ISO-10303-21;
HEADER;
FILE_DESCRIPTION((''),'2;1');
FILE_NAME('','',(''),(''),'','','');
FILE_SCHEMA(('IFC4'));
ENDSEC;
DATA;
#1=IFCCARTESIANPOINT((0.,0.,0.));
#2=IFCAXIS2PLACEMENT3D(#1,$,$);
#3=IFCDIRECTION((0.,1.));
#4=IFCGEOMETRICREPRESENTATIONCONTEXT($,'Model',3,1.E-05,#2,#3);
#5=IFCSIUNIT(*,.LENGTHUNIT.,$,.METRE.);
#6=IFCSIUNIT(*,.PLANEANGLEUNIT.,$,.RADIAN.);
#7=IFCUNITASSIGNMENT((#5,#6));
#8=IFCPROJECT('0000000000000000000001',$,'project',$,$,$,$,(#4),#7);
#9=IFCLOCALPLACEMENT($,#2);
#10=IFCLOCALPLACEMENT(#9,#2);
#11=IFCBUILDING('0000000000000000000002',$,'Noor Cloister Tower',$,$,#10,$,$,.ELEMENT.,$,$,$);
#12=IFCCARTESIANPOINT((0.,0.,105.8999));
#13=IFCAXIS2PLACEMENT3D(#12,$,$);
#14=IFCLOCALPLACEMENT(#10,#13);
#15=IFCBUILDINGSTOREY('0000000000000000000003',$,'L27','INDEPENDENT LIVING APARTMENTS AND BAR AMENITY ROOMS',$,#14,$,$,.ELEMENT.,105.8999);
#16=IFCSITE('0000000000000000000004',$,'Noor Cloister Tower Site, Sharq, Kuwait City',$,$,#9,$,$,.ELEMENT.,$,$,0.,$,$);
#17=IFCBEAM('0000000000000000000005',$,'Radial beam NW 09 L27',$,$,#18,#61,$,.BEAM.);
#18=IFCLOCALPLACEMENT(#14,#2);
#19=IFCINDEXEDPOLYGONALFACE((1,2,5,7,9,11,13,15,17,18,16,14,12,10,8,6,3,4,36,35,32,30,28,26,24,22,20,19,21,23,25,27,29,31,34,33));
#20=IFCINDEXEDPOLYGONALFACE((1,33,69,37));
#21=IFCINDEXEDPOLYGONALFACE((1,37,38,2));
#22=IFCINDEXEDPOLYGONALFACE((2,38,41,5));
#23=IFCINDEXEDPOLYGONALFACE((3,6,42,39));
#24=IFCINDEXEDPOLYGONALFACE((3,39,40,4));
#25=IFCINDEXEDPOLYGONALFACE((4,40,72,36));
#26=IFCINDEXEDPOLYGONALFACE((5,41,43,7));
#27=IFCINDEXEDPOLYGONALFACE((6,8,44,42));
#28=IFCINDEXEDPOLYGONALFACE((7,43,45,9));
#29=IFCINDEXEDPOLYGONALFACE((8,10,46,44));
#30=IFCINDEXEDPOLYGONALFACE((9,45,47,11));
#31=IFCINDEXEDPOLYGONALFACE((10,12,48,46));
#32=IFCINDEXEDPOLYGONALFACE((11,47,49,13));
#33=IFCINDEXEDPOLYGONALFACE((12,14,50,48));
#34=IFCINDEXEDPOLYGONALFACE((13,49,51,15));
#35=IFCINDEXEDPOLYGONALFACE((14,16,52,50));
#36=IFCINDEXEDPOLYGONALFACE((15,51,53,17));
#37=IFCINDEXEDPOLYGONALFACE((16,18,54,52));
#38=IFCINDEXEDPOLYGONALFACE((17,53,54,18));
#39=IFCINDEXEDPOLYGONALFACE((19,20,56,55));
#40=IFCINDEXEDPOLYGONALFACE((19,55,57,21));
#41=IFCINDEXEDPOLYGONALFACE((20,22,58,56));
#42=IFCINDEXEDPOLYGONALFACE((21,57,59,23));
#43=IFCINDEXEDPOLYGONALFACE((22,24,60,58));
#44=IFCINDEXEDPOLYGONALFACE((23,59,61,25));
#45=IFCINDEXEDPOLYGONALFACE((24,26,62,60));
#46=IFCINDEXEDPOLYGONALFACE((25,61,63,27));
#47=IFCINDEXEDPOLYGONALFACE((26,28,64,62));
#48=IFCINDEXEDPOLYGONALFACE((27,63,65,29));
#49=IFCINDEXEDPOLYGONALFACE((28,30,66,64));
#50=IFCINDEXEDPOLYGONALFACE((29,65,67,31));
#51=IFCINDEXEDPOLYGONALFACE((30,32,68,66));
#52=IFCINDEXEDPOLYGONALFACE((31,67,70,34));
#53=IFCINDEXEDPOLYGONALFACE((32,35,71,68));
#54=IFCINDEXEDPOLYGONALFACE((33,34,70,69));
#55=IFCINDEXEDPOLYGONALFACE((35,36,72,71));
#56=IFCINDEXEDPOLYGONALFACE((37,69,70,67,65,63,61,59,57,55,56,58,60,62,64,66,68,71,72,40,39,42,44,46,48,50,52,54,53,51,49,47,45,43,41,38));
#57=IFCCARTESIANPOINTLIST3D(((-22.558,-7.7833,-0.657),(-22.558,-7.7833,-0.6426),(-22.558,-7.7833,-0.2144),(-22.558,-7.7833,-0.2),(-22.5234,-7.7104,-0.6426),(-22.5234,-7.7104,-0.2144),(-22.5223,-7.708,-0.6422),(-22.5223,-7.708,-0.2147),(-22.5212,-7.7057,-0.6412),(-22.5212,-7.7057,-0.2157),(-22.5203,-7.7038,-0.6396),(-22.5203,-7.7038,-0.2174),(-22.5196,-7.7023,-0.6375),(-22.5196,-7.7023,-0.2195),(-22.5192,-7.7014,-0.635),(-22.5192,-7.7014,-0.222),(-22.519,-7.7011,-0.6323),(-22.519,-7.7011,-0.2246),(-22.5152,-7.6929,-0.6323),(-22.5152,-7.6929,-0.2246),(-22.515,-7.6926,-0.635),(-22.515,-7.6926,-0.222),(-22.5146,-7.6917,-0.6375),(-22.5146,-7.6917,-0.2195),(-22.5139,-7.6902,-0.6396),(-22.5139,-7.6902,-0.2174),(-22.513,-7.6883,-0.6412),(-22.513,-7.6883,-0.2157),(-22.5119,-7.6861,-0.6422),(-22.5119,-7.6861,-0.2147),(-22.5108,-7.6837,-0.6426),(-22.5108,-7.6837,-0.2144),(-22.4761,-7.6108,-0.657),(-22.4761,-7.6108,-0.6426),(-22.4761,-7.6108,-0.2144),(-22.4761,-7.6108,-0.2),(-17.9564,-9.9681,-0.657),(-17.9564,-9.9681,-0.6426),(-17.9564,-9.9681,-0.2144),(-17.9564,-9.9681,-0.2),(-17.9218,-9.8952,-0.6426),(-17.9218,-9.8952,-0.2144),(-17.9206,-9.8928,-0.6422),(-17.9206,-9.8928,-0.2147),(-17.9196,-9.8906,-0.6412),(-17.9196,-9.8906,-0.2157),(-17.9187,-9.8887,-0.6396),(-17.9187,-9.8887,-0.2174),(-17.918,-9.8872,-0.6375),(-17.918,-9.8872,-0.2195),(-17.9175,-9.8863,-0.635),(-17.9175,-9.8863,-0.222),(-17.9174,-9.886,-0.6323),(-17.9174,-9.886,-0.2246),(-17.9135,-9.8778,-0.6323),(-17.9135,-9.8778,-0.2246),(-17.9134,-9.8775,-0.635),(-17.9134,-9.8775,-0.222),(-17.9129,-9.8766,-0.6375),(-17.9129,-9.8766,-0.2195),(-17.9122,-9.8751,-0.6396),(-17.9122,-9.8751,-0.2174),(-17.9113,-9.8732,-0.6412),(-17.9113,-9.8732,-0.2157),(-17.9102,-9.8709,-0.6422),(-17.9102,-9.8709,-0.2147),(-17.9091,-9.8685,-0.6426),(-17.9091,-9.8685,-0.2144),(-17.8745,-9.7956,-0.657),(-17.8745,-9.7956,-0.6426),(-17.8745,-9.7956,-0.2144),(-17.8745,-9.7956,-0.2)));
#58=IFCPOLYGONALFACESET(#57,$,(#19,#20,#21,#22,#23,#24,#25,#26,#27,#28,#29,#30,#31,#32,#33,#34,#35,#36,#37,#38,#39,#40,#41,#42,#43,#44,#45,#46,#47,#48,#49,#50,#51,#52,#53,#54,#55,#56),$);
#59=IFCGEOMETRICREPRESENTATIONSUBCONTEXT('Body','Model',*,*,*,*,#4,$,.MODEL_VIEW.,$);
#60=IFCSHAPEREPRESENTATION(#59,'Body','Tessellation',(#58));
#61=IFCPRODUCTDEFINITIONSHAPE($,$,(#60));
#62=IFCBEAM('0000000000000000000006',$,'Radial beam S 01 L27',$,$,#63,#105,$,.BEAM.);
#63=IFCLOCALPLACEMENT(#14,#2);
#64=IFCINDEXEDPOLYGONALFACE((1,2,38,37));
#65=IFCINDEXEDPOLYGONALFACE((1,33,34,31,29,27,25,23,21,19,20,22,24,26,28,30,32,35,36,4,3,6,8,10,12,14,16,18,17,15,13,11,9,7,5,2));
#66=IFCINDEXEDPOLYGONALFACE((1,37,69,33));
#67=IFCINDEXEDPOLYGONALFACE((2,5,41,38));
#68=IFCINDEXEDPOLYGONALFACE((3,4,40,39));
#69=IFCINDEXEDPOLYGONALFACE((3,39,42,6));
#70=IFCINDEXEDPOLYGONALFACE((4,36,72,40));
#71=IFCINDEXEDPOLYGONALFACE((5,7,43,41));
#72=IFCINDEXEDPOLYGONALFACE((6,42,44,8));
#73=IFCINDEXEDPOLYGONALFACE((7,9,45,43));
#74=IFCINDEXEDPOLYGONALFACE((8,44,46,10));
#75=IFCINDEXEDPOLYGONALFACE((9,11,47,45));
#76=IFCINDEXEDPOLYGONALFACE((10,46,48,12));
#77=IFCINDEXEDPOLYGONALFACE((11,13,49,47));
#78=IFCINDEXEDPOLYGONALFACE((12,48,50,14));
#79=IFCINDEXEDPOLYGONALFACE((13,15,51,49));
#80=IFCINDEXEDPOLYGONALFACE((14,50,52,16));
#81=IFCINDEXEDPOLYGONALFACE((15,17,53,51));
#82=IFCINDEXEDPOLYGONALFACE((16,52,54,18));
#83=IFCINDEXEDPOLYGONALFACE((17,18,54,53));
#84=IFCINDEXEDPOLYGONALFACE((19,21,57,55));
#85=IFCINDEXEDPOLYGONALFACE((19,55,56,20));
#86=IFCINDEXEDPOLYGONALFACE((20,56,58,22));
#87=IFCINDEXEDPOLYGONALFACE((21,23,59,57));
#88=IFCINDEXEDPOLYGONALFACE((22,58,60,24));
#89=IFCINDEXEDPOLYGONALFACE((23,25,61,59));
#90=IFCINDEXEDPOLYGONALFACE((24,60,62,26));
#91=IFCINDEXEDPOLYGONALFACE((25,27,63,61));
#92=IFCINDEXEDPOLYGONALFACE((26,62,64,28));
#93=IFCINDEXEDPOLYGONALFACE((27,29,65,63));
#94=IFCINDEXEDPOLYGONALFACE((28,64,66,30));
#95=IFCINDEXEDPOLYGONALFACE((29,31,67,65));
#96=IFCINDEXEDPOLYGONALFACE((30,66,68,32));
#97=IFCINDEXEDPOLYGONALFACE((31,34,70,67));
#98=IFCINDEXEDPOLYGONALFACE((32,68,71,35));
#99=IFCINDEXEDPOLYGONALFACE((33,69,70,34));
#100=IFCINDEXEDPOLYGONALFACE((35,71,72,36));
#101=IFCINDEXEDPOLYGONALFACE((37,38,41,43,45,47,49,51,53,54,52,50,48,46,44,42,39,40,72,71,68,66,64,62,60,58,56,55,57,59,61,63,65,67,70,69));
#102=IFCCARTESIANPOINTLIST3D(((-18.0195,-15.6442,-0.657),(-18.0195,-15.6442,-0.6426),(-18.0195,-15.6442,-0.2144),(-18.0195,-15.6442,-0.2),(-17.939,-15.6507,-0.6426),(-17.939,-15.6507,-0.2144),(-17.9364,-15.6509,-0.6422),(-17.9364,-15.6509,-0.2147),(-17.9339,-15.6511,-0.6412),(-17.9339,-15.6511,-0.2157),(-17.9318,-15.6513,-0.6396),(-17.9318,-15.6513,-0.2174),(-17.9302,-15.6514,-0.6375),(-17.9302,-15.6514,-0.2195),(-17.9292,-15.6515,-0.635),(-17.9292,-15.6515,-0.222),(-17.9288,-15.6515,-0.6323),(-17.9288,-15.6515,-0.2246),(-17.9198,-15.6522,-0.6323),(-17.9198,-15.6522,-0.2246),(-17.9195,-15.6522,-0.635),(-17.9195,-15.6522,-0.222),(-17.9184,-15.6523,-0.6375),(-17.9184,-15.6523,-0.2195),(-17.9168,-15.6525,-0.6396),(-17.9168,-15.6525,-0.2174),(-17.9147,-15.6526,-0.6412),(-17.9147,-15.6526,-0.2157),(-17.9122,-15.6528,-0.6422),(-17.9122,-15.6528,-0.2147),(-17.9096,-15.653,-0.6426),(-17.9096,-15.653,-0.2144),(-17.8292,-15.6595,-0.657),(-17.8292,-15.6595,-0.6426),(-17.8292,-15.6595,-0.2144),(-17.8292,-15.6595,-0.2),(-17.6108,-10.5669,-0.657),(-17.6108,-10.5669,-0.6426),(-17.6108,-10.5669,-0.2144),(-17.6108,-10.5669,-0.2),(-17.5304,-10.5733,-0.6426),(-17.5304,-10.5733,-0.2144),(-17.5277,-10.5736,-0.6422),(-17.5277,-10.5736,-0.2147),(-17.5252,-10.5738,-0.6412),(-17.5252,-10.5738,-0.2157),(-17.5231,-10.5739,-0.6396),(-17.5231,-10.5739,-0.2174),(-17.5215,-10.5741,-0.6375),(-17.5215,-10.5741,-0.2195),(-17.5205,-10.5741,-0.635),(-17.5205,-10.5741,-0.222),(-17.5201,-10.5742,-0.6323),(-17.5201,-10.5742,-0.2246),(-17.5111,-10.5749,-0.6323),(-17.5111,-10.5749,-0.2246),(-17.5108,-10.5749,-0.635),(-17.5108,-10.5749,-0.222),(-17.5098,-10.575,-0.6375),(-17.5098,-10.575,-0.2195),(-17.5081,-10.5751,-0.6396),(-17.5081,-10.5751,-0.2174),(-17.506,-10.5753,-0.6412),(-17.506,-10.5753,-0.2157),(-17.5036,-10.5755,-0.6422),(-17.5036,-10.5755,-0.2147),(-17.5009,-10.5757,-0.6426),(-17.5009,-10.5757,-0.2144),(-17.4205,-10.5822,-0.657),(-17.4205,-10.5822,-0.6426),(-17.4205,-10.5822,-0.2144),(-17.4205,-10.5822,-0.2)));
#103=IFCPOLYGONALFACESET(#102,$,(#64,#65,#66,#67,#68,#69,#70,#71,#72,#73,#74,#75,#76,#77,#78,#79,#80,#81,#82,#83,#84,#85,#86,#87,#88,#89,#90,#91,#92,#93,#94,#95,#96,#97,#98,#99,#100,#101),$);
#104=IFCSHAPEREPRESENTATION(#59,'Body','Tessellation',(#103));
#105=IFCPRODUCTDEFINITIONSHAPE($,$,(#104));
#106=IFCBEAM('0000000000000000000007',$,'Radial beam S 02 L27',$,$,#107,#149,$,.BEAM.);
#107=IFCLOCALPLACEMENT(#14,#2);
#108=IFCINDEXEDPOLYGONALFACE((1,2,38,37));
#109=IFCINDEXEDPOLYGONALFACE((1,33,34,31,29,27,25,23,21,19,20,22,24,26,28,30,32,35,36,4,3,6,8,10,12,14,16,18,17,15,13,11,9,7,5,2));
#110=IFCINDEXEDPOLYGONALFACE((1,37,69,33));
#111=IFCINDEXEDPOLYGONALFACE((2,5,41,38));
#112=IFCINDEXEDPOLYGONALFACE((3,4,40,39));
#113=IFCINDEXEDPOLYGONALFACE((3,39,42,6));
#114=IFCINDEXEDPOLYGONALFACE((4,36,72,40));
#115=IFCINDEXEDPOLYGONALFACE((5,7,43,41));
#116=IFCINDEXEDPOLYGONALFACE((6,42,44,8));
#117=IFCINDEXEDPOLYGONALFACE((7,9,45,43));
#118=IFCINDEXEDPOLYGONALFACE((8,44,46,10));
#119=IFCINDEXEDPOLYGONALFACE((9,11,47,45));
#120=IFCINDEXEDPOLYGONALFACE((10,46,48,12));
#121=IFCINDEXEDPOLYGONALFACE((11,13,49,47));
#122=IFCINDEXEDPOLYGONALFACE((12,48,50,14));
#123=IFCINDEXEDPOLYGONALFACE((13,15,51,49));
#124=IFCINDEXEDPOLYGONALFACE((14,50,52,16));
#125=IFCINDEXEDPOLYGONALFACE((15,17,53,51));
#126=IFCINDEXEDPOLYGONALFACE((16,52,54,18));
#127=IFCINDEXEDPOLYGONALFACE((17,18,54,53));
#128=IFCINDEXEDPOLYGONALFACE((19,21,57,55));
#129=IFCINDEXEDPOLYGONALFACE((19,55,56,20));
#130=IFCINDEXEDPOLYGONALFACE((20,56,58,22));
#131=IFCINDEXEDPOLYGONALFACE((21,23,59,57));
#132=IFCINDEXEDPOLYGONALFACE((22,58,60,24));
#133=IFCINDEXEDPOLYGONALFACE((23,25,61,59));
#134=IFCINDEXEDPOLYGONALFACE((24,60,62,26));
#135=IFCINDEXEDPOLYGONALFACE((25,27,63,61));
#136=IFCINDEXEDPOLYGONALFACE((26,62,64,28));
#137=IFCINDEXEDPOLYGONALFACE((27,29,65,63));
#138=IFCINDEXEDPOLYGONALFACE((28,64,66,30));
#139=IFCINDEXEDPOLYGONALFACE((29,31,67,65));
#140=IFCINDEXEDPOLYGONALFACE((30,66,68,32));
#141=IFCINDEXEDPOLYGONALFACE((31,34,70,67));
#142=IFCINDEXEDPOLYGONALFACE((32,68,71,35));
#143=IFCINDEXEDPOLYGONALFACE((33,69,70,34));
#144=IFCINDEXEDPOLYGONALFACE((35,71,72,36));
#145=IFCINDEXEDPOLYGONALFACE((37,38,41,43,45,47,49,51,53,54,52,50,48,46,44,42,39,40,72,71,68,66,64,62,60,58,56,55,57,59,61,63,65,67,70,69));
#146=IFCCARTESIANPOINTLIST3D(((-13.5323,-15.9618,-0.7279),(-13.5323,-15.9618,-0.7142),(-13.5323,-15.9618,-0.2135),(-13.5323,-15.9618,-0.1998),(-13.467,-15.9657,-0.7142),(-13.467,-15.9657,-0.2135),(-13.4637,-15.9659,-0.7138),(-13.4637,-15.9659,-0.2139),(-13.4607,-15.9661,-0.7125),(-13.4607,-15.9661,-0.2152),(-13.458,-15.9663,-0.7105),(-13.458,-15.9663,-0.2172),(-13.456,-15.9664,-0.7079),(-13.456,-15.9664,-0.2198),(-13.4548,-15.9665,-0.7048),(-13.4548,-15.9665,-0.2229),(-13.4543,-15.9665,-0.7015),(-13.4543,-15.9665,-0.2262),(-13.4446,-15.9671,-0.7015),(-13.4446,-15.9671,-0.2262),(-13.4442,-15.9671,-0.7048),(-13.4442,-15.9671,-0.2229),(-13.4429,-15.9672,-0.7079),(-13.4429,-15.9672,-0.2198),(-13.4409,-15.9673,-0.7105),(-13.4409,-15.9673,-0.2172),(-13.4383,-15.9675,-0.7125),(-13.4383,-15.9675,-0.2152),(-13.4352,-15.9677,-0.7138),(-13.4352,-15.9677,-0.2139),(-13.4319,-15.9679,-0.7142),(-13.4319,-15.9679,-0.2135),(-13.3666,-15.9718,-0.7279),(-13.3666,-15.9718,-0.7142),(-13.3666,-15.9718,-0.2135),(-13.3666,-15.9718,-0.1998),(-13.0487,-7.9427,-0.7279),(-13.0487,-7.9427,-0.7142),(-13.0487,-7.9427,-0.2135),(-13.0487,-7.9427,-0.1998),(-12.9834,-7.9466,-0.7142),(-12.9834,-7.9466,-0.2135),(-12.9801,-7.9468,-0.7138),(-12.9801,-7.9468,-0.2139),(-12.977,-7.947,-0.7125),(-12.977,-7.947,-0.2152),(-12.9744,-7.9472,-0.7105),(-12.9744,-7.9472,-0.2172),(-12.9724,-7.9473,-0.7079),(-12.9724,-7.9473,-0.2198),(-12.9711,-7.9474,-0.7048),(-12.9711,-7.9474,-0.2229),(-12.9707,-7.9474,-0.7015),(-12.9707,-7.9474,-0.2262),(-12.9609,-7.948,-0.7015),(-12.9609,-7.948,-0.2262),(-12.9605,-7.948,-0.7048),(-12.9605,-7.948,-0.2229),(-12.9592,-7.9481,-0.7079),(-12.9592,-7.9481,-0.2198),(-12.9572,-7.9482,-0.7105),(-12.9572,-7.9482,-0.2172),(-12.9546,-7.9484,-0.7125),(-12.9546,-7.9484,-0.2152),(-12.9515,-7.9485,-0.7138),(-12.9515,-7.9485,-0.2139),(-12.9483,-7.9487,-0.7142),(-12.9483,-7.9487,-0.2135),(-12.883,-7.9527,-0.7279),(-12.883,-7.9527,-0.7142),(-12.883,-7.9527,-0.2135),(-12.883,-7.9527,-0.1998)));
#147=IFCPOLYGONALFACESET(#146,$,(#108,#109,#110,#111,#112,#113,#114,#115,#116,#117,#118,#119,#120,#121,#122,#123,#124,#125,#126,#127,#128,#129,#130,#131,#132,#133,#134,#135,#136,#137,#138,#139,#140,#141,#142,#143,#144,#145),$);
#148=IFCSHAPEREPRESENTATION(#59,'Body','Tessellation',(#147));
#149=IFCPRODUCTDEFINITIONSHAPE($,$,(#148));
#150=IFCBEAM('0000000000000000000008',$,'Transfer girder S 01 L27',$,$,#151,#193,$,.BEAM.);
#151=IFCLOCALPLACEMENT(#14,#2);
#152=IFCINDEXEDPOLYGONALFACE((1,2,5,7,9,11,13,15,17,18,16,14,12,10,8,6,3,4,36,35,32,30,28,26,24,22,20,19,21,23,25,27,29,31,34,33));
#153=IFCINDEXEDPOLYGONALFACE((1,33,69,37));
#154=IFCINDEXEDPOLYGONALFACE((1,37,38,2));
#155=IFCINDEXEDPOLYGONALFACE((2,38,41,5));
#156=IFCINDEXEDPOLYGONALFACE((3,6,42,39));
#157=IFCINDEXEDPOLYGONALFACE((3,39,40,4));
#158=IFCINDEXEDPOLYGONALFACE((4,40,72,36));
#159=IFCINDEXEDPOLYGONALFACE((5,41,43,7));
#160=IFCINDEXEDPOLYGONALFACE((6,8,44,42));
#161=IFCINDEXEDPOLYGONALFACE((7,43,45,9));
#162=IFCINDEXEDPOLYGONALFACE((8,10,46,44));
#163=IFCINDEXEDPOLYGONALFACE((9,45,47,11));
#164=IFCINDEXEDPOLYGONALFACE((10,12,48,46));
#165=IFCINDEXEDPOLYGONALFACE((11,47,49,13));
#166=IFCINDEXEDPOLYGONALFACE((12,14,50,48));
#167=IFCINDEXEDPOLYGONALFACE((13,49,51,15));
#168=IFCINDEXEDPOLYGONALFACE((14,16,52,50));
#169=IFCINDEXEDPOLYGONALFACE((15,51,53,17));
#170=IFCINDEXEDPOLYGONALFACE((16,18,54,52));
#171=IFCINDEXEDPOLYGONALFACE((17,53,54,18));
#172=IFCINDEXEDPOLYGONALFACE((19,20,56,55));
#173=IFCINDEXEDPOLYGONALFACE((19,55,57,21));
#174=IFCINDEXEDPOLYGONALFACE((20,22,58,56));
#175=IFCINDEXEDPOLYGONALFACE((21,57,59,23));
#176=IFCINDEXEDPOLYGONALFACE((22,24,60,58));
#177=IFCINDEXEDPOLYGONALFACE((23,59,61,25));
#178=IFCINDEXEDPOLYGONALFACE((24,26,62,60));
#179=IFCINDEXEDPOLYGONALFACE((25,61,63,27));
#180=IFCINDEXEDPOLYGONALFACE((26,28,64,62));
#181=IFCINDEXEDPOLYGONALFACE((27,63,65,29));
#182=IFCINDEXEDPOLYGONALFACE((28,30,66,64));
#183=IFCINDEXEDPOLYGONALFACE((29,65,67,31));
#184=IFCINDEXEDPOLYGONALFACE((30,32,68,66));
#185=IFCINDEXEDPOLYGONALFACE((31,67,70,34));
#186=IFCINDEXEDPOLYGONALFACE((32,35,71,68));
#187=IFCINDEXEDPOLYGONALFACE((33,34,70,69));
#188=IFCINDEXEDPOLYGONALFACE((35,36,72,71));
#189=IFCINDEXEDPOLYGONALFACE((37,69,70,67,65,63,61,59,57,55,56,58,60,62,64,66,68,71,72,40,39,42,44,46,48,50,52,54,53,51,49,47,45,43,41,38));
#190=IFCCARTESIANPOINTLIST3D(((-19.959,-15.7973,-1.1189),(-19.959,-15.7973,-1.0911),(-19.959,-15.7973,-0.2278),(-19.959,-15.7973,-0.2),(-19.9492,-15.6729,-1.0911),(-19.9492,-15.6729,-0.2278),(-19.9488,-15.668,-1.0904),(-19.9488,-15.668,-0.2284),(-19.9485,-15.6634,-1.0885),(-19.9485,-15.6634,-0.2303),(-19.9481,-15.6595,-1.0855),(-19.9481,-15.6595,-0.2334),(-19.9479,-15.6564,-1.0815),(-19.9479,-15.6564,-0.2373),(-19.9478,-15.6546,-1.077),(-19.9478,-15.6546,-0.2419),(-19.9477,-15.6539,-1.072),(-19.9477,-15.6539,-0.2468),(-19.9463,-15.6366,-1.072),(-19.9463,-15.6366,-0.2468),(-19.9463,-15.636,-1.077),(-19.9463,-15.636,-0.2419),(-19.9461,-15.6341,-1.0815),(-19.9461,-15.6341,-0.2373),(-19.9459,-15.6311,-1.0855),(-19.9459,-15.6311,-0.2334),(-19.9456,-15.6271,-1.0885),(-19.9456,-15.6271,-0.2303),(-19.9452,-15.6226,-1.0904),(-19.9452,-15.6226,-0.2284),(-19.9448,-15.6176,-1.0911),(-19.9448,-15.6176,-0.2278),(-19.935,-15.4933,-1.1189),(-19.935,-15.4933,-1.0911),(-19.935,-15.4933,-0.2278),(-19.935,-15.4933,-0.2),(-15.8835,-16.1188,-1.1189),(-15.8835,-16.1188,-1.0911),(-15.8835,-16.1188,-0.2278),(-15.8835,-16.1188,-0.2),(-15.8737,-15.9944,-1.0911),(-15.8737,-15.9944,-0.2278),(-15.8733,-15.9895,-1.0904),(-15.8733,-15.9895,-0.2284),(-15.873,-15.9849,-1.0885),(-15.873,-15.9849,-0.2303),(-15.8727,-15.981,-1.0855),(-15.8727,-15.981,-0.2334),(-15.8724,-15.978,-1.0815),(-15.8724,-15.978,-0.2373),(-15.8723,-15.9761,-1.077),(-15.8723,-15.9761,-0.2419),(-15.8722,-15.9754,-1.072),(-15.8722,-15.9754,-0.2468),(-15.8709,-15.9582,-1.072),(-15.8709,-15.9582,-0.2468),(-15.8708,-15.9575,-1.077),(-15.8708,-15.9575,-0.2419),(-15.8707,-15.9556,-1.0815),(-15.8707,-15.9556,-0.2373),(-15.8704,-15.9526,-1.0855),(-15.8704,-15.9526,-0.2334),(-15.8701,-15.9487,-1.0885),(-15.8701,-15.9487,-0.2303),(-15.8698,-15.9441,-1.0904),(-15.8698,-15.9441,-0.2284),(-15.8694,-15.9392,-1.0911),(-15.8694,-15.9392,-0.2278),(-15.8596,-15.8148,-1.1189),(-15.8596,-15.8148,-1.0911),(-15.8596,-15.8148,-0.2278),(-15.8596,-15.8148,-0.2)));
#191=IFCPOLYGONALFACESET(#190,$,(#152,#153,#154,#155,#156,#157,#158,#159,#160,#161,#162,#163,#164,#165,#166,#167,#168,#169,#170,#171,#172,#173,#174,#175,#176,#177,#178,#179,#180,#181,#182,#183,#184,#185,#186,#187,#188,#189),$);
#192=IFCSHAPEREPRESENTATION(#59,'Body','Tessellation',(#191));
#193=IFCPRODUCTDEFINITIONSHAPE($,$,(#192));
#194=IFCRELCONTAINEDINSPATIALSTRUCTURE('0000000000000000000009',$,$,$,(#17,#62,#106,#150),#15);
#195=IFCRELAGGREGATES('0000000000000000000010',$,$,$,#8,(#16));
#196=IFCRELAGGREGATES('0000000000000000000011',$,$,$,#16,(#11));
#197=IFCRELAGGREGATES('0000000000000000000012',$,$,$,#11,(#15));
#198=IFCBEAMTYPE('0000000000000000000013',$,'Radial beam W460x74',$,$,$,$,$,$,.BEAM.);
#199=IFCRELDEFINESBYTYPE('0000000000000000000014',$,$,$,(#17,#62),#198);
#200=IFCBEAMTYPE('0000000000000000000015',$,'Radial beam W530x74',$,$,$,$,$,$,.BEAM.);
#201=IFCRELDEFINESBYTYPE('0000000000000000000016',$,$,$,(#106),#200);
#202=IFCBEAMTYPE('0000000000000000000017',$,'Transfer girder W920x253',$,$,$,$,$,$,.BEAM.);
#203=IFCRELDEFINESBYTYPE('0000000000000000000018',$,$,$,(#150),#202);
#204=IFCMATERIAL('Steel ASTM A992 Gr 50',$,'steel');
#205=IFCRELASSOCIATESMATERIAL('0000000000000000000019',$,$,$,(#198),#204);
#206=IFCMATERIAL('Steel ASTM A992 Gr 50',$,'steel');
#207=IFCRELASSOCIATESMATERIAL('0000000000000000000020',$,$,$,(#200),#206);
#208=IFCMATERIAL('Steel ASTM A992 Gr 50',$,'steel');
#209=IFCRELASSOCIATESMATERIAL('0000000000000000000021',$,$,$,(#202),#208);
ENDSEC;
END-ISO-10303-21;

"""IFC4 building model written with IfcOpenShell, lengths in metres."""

from ifc_helpers import new_model, si_unit, direction, frame, origin, origin_2d, place, context, subcontext, project, spatial, i_section, extrude, material, material_profile, profile_set, type_object, element, save


model = new_model("IFC4")

# Units and contexts
model_context = context("Model", 3, precision=1e-05, world=origin(), true_north=direction((0.0, 1.0)))
body_context = subcontext(model_context, "Body", "Model", "MODEL_VIEW")
ifc_project = project(units=[si_unit("LENGTHUNIT", "METRE"), si_unit("PLANEANGLEUNIT", "RADIAN")], contexts=[model_context])

# Site, building, storey
site_placement = place(None, origin())
site = spatial("IfcSite", under=ifc_project, at=site_placement, Name="Noor Cloister Tower Site, Sharq, Kuwait City", CompositionType="ELEMENT", RefElevation=0.0)
building_placement = place(site_placement, origin())
building = spatial("IfcBuilding", under=site, at=building_placement, Name="Noor Cloister Tower", CompositionType="ELEMENT")
storey_placement = place(building_placement, frame((0.0, 0.0, 105.8999)))
storey = spatial("IfcBuildingStorey", under=building, at=storey_placement, Name="L27", Description="INDEPENDENT LIVING APARTMENTS AND BAR AMENITY ROOMS", CompositionType="ELEMENT", Elevation=105.8999)

# Beams
ifc_material_1 = material(Name="Steel ASTM A992 Gr 50", Category="steel")
ifc_material_profile_1 = material_profile(ifc_material_1, i_section(OverallWidth=0.1909, OverallDepth=0.457, WebThickness=0.009, FlangeThickness=0.0144, FilletRadius=0.0103, at=origin_2d()), Name="W460x74")
ifc_profile_set_1 = profile_set([ifc_material_profile_1], Name="Steel ASTM A992 Gr 50")
beam_type_1 = type_object("IfcBeamType", Name="Radial beam W460x74", PredefinedType="BEAM", material=ifc_profile_set_1)
beam_1_placement = place(storey_placement, frame((-22.5171, -7.697, -0.4285), z_axis=(0.903348, -0.428908, 0.0), x_axis=(0.428908, 0.903348, 0.0)))
element("IfcBeam", 1, at=beam_1_placement, inside=storey, type_object=beam_type_1, Name="Radial beam NW 09 L27", PredefinedType="BEAM", context=body_context, shape_type="SweptSolid", body=[
    extrude(i_section(OverallWidth=0.1909, OverallDepth=0.457, WebThickness=0.009, FlangeThickness=0.0144, FilletRadius=0.0103, at=origin_2d()), origin(), (0.0, 0.0, 1.0), 5.094),
])
beam_2_placement = place(storey_placement, frame((-17.9243, -15.6519, -0.4285), z_axis=(0.080233, 0.996776, 0.0), x_axis=(-0.996776, 0.080233, 0.0)))
element("IfcBeam", 2, at=beam_2_placement, inside=storey, type_object=beam_type_1, Name="Radial beam S 01 L27", PredefinedType="BEAM", context=body_context, shape_type="SweptSolid", body=[
    extrude(i_section(OverallWidth=0.1909, OverallDepth=0.457, WebThickness=0.009, FlangeThickness=0.0144, FilletRadius=0.0103, at=origin_2d()), origin(), (0.0, 0.0, 1.0), 5.0938),
])
ifc_material_2 = material(Name="Steel ASTM A992 Gr 50", Category="steel")
ifc_material_profile_2 = material_profile(ifc_material_2, i_section(OverallWidth=0.166, OverallDepth=0.5281, WebThickness=0.0098, FlangeThickness=0.0137, FilletRadius=0.0127, at=origin_2d()), Name="W530x74")
ifc_profile_set_2 = profile_set([ifc_material_profile_2], Name="Steel ASTM A992 Gr 50")
beam_type_2 = type_object("IfcBeamType", Name="Radial beam W530x74", PredefinedType="BEAM", material=ifc_profile_set_2)
beam_3_placement = place(storey_placement, frame((-13.4495, -15.9668, -0.4639), z_axis=(0.060202, 0.998186, 0.0), x_axis=(-0.998186, 0.060202, 0.0)))
element("IfcBeam", 3, at=beam_3_placement, inside=storey, type_object=beam_type_2, Name="Radial beam S 02 L27", PredefinedType="BEAM", context=body_context, shape_type="SweptSolid", body=[
    extrude(i_section(OverallWidth=0.166, OverallDepth=0.5281, WebThickness=0.0098, FlangeThickness=0.0137, FilletRadius=0.0127, at=origin_2d()), origin(), (0.0, 0.0, 1.0), 8.0337),
])
ifc_material_3 = material(Name="Steel ASTM A992 Gr 50", Category="steel")
ifc_material_profile_3 = material_profile(ifc_material_3, i_section(OverallWidth=0.3049, OverallDepth=0.9189, WebThickness=0.0173, FlangeThickness=0.0278, FilletRadius=0.019, at=origin_2d()), Name="W920x253")
ifc_profile_set_3 = profile_set([ifc_material_profile_3], Name="Steel ASTM A992 Gr 50")
beam_type_3 = type_object("IfcBeamType", Name="Transfer girder W920x253", PredefinedType="BEAM", material=ifc_profile_set_3)
for number, where, z_axis, x_axis, name in (
    (4, (-19.947, -15.6453, -0.6594), (0.996902, -0.078651, 0.0), (0.078651, 0.996902, 0.0), "Transfer girder S 01 L27"),
):
    element("IfcBeam", number, at=place(storey_placement, frame(where, z_axis=z_axis, x_axis=x_axis)), inside=storey, type_object=beam_type_3, Name=name, PredefinedType="BEAM", context=body_context, shape_type="SweptSolid", body=[
        extrude(i_section(OverallWidth=0.3049, OverallDepth=0.9189, WebThickness=0.0173, FlangeThickness=0.0278, FilletRadius=0.019, at=origin_2d()), origin(), (0.0, 0.0, 1.0), 4.0881),
    ])

save(model, "model.ifc")
